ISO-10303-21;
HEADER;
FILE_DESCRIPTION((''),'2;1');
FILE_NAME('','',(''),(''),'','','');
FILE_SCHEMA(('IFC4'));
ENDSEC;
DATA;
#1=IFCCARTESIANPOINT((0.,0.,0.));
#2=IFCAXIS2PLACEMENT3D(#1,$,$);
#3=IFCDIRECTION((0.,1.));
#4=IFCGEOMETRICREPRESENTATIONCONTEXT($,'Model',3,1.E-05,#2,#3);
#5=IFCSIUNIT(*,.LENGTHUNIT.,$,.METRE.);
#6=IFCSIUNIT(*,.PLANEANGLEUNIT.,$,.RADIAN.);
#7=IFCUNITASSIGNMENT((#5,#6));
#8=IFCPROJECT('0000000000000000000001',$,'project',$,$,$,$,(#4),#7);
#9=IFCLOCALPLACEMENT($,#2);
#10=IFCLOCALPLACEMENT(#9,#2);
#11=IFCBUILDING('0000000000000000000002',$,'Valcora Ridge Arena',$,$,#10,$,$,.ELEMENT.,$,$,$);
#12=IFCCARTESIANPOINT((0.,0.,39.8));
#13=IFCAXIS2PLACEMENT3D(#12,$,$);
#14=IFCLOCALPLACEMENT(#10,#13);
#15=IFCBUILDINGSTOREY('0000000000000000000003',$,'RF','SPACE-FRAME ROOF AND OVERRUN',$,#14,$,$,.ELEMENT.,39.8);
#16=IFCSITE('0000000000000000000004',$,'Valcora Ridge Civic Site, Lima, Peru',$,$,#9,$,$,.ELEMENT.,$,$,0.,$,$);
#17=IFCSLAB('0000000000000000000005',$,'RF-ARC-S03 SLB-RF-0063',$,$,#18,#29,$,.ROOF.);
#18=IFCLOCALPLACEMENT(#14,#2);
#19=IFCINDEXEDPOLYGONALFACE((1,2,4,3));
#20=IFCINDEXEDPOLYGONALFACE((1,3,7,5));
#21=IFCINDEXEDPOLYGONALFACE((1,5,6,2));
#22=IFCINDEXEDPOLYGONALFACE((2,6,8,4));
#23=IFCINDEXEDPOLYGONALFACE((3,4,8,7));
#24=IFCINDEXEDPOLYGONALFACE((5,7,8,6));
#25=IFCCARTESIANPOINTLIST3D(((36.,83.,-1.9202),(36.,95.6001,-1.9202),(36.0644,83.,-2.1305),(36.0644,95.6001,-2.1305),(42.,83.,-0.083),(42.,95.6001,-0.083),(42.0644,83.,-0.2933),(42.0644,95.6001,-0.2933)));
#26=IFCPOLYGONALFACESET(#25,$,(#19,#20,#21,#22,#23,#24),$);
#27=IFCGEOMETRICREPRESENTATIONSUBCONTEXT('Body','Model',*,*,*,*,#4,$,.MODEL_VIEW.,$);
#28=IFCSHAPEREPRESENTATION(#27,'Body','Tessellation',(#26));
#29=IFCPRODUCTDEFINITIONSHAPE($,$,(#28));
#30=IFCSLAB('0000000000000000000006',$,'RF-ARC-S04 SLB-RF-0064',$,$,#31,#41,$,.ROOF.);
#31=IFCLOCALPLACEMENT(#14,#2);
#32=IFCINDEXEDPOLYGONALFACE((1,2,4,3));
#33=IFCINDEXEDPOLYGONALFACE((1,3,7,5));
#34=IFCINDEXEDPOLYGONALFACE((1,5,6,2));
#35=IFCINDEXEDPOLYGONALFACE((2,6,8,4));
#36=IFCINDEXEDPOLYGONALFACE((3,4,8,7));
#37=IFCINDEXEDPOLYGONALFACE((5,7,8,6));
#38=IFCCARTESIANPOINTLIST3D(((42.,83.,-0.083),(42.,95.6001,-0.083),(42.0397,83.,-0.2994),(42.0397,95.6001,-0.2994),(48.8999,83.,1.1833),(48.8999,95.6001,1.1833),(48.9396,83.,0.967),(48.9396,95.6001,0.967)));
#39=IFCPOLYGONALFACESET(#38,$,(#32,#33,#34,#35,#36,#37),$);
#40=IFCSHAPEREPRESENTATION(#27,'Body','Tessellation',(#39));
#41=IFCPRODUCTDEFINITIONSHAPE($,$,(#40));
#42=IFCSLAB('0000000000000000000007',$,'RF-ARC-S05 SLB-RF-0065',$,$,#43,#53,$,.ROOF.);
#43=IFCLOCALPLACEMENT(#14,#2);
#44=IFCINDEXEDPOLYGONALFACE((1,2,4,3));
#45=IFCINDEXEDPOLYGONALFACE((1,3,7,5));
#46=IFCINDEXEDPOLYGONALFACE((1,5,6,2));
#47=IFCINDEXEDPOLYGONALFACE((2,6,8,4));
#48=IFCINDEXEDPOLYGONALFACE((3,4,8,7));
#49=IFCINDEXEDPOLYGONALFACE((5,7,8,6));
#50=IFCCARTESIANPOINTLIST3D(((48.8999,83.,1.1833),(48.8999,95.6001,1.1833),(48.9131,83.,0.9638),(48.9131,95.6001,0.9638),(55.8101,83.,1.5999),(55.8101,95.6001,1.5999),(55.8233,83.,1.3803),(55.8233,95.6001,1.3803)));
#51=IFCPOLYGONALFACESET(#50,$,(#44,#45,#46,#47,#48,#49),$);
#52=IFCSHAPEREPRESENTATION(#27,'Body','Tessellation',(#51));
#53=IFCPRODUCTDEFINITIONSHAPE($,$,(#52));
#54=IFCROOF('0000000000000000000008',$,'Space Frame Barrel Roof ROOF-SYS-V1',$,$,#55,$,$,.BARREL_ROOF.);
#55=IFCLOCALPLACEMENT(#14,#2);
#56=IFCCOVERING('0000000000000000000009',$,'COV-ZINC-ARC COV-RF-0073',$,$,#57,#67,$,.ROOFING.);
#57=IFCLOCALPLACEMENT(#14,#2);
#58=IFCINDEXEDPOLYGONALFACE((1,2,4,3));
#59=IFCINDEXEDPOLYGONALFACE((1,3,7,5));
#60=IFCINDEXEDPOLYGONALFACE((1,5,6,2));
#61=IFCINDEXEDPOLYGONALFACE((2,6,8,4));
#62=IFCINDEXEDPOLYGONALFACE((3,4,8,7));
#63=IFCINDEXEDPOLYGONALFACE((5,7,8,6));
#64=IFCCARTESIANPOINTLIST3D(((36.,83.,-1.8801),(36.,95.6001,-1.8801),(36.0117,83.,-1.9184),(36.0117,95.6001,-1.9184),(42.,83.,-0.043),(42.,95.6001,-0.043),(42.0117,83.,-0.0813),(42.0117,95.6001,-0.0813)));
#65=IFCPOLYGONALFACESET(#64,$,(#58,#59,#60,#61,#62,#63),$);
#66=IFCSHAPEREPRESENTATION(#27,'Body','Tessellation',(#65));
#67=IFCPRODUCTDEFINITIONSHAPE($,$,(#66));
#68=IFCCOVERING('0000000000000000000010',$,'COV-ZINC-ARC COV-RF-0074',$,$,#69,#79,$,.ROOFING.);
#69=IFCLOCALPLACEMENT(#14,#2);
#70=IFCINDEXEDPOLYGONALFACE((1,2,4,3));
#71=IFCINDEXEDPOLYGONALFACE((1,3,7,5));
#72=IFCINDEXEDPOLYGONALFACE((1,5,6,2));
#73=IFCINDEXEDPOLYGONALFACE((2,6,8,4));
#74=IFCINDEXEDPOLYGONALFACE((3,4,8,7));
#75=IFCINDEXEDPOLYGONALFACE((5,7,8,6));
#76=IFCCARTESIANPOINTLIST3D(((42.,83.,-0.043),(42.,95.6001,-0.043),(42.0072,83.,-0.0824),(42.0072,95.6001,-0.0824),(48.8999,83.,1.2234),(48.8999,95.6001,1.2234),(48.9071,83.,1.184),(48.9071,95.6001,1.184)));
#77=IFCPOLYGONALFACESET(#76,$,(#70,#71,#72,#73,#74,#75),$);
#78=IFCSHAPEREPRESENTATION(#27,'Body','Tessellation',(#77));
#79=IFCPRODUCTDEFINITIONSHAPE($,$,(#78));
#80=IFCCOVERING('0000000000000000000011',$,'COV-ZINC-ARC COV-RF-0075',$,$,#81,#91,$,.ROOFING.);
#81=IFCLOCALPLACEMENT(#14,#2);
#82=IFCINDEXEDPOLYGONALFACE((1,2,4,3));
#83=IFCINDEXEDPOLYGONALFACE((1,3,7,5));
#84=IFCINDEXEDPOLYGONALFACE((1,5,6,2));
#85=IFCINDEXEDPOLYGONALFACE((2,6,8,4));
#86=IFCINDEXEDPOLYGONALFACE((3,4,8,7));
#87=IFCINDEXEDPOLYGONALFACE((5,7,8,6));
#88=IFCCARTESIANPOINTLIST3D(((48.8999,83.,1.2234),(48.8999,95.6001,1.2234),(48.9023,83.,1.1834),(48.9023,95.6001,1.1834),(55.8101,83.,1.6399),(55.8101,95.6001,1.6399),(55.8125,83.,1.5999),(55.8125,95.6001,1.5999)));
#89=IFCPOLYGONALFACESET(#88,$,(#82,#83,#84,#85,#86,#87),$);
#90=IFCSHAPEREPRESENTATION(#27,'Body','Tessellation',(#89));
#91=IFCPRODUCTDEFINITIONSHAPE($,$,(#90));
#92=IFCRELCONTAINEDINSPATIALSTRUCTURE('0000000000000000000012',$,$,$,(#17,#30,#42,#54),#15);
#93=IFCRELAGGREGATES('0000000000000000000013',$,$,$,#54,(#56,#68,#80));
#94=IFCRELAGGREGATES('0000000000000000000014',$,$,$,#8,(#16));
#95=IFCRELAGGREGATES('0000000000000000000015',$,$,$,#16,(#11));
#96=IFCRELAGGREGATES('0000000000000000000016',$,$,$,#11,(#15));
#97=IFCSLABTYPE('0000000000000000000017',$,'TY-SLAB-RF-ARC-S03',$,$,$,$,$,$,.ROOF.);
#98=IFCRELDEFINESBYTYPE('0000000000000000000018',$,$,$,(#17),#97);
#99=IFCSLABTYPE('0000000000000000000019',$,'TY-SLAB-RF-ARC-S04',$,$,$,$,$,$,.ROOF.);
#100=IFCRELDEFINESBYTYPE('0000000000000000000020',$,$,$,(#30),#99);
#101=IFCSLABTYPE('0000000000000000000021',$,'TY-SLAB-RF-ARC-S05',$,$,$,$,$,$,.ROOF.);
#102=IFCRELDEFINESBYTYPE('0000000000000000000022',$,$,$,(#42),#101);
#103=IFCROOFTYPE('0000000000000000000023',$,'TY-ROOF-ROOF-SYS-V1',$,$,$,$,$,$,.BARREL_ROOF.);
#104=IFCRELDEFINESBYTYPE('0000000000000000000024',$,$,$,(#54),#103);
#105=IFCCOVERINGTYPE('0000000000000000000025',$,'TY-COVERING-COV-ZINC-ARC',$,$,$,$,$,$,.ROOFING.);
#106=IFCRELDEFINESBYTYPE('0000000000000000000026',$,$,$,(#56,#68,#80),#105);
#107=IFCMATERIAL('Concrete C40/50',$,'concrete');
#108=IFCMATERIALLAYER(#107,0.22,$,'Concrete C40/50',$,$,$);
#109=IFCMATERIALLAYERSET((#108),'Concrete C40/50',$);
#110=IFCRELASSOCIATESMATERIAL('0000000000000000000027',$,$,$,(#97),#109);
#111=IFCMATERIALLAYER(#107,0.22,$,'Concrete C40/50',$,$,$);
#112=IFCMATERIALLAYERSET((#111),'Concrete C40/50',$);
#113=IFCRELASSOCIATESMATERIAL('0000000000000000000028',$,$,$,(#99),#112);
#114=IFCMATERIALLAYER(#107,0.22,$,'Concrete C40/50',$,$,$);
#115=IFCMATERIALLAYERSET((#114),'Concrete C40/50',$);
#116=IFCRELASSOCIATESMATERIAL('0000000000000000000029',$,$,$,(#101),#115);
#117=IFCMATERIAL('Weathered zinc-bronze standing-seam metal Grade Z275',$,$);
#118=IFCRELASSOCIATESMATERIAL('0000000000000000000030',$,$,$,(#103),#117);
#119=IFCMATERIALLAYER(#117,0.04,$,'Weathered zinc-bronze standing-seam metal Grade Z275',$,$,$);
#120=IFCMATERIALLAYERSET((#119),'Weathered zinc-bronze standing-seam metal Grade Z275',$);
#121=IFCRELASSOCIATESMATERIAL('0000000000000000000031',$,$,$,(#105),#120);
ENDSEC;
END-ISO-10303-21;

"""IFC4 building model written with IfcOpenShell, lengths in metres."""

from ifc_helpers import new_model, si_unit, direction, frame, origin, place, context, subcontext, project, spatial, polyline, outline, extrude, material, layer, layer_set, type_object, element, aggregate, save


model = new_model("IFC4")

# Units and contexts
model_context = context("Model", 3, precision=1e-05, world=origin(), true_north=direction((0.0, 1.0)))
body_context = subcontext(model_context, "Body", "Model", "MODEL_VIEW")
ifc_project = project(units=[si_unit("LENGTHUNIT", "METRE"), si_unit("PLANEANGLEUNIT", "RADIAN")], contexts=[model_context])

# Site, building, storey
site_placement = place(None, origin())
site = spatial("IfcSite", under=ifc_project, at=site_placement, Name="Valcora Ridge Civic Site, Lima, Peru", CompositionType="ELEMENT", RefElevation=0.0)
building_placement = place(site_placement, origin())
building = spatial("IfcBuilding", under=site, at=building_placement, Name="Valcora Ridge Arena", CompositionType="ELEMENT")
storey_placement = place(building_placement, frame((0.0, 0.0, 39.8)))
storey = spatial("IfcBuildingStorey", under=building, at=storey_placement, Name="RF", Description="SPACE-FRAME ROOF AND OVERRUN", CompositionType="ELEMENT", Elevation=39.8)

# Slabs
ifc_material_1 = material(Name="Concrete C40/50", Category="concrete")
ifc_layer_1 = layer(ifc_material_1, 0.22, Name="Concrete C40/50")
ifc_layer_set_1 = layer_set([ifc_layer_1], Name="Concrete C40/50")
slab_type_1 = type_object("IfcSlabType", Name="TY-SLAB-RF-ARC-S03", PredefinedType="ROOF", material=ifc_layer_set_1)
slab_1_placement = place(storey_placement, frame((36.0, 83.0, -1.9202), z_axis=(-0.292776, 0.0, 0.956181), x_axis=(0.956181, 0.0, 0.292776)))
element("IfcSlab", 1, at=slab_1_placement, inside=storey, type_object=slab_type_1, Name="RF-ARC-S03 SLB-RF-0063", PredefinedType="ROOF", context=body_context, shape_type="SweptSolid", body=[
    extrude(outline(polyline([(0.0, 0.0), (6.275, 0.0), (6.275, 12.6001), (0.0, 12.6001), (0.0, 0.0)])), origin(), (0.0, 0.0, -1.0), 0.22),
])
ifc_layer_2 = layer(ifc_material_1, 0.22, Name="Concrete C40/50")
ifc_layer_set_2 = layer_set([ifc_layer_2], Name="Concrete C40/50")
slab_type_2 = type_object("IfcSlabType", Name="TY-SLAB-RF-ARC-S04", PredefinedType="ROOF", material=ifc_layer_set_2)
slab_2_placement = place(storey_placement, frame((42.0, 83.0, -0.083), z_axis=(-0.180518, 0.0, 0.983572), x_axis=(0.983572, 0.0, 0.180518)))
element("IfcSlab", 2, at=slab_2_placement, inside=storey, type_object=slab_type_2, Name="RF-ARC-S04 SLB-RF-0064", PredefinedType="ROOF", context=body_context, shape_type="SweptSolid", body=[
    extrude(outline(polyline([(0.0, 0.0), (7.0151, 0.0), (7.0151, 12.6001), (0.0, 12.6001), (0.0, 0.0)])), origin(), (0.0, 0.0, -1.0), 0.22),
])
ifc_layer_3 = layer(ifc_material_1, 0.22, Name="Concrete C40/50")
ifc_layer_set_3 = layer_set([ifc_layer_3], Name="Concrete C40/50")
slab_type_3 = type_object("IfcSlabType", Name="TY-SLAB-RF-ARC-S05", PredefinedType="ROOF", material=ifc_layer_set_3)
slab_3_placement = place(storey_placement, frame((48.8999, 83.0, 1.1833), z_axis=(-0.060165, 0.0, 0.998188), x_axis=(0.998188, 0.0, 0.060165)))
element("IfcSlab", 3, at=slab_3_placement, inside=storey, type_object=slab_type_3, Name="RF-ARC-S05 SLB-RF-0065", PredefinedType="ROOF", context=body_context, shape_type="SweptSolid", body=[
    extrude(outline(polyline([(0.0, 0.0), (6.9227, 0.0), (6.9227, 12.6001), (0.0, 12.6001), (0.0, 0.0)])), origin(), (0.0, 0.0, -1.0), 0.22),
])

# Roof, coverings
ifc_material_2 = material(Name="Weathered zinc-bronze standing-seam metal Grade Z275")
roof_type = type_object("IfcRoofType", Name="TY-ROOF-ROOF-SYS-V1", PredefinedType="BARREL_ROOF", material=ifc_material_2)
roof_placement = place(storey_placement, origin())
roof = element("IfcRoof", 4, at=roof_placement, inside=storey, type_object=roof_type, Name="Space Frame Barrel Roof ROOF-SYS-V1", PredefinedType="BARREL_ROOF")
ifc_layer_4 = layer(ifc_material_2, 0.04, Name="Weathered zinc-bronze standing-seam metal Grade Z275")
ifc_layer_set_4 = layer_set([ifc_layer_4], Name="Weathered zinc-bronze standing-seam metal Grade Z275")
covering_type = type_object("IfcCoveringType", Name="TY-COVERING-COV-ZINC-ARC", PredefinedType="ROOFING", material=ifc_layer_set_4)
covering_1_placement = place(storey_placement, frame((36.0, 83.0, -1.8801), z_axis=(-0.292776, 0.0, 0.956181), x_axis=(0.956181, 0.0, 0.292776)))
covering_1 = element("IfcCovering", 5, at=covering_1_placement, type_object=covering_type, Name="COV-ZINC-ARC COV-RF-0073", PredefinedType="ROOFING", context=body_context, shape_type="SweptSolid", body=[
    extrude(outline(polyline([(0.0, 0.0), (6.275, 0.0), (6.275, 12.6001), (0.0, 12.6001), (0.0, 0.0)])), origin(), (0.0, 0.0, -1.0), 0.04),
])
covering_2_placement = place(storey_placement, frame((42.0, 83.0, -0.043), z_axis=(-0.180518, 0.0, 0.983572), x_axis=(0.983572, 0.0, 0.180518)))
covering_2 = element("IfcCovering", 6, at=covering_2_placement, type_object=covering_type, Name="COV-ZINC-ARC COV-RF-0074", PredefinedType="ROOFING", context=body_context, shape_type="SweptSolid", body=[
    extrude(outline(polyline([(0.0, 0.0), (7.0151, 0.0), (7.0151, 12.6001), (0.0, 12.6001), (0.0, 0.0)])), origin(), (0.0, 0.0, -1.0), 0.04),
])
covering_3_placement = place(storey_placement, frame((48.8999, 83.0, 1.2234), z_axis=(-0.060165, 0.0, 0.998188), x_axis=(0.998188, 0.0, 0.060165)))
covering_3 = element("IfcCovering", 7, at=covering_3_placement, type_object=covering_type, Name="COV-ZINC-ARC COV-RF-0075", PredefinedType="ROOFING", context=body_context, shape_type="SweptSolid", body=[
    extrude(outline(polyline([(0.0, 0.0), (6.9227, 0.0), (6.9227, 12.6001), (0.0, 12.6001), (0.0, 0.0)])), origin(), (0.0, 0.0, -1.0), 0.04),
])
aggregate(roof, [covering_1, covering_2, covering_3])

save(model, "model.ifc")
